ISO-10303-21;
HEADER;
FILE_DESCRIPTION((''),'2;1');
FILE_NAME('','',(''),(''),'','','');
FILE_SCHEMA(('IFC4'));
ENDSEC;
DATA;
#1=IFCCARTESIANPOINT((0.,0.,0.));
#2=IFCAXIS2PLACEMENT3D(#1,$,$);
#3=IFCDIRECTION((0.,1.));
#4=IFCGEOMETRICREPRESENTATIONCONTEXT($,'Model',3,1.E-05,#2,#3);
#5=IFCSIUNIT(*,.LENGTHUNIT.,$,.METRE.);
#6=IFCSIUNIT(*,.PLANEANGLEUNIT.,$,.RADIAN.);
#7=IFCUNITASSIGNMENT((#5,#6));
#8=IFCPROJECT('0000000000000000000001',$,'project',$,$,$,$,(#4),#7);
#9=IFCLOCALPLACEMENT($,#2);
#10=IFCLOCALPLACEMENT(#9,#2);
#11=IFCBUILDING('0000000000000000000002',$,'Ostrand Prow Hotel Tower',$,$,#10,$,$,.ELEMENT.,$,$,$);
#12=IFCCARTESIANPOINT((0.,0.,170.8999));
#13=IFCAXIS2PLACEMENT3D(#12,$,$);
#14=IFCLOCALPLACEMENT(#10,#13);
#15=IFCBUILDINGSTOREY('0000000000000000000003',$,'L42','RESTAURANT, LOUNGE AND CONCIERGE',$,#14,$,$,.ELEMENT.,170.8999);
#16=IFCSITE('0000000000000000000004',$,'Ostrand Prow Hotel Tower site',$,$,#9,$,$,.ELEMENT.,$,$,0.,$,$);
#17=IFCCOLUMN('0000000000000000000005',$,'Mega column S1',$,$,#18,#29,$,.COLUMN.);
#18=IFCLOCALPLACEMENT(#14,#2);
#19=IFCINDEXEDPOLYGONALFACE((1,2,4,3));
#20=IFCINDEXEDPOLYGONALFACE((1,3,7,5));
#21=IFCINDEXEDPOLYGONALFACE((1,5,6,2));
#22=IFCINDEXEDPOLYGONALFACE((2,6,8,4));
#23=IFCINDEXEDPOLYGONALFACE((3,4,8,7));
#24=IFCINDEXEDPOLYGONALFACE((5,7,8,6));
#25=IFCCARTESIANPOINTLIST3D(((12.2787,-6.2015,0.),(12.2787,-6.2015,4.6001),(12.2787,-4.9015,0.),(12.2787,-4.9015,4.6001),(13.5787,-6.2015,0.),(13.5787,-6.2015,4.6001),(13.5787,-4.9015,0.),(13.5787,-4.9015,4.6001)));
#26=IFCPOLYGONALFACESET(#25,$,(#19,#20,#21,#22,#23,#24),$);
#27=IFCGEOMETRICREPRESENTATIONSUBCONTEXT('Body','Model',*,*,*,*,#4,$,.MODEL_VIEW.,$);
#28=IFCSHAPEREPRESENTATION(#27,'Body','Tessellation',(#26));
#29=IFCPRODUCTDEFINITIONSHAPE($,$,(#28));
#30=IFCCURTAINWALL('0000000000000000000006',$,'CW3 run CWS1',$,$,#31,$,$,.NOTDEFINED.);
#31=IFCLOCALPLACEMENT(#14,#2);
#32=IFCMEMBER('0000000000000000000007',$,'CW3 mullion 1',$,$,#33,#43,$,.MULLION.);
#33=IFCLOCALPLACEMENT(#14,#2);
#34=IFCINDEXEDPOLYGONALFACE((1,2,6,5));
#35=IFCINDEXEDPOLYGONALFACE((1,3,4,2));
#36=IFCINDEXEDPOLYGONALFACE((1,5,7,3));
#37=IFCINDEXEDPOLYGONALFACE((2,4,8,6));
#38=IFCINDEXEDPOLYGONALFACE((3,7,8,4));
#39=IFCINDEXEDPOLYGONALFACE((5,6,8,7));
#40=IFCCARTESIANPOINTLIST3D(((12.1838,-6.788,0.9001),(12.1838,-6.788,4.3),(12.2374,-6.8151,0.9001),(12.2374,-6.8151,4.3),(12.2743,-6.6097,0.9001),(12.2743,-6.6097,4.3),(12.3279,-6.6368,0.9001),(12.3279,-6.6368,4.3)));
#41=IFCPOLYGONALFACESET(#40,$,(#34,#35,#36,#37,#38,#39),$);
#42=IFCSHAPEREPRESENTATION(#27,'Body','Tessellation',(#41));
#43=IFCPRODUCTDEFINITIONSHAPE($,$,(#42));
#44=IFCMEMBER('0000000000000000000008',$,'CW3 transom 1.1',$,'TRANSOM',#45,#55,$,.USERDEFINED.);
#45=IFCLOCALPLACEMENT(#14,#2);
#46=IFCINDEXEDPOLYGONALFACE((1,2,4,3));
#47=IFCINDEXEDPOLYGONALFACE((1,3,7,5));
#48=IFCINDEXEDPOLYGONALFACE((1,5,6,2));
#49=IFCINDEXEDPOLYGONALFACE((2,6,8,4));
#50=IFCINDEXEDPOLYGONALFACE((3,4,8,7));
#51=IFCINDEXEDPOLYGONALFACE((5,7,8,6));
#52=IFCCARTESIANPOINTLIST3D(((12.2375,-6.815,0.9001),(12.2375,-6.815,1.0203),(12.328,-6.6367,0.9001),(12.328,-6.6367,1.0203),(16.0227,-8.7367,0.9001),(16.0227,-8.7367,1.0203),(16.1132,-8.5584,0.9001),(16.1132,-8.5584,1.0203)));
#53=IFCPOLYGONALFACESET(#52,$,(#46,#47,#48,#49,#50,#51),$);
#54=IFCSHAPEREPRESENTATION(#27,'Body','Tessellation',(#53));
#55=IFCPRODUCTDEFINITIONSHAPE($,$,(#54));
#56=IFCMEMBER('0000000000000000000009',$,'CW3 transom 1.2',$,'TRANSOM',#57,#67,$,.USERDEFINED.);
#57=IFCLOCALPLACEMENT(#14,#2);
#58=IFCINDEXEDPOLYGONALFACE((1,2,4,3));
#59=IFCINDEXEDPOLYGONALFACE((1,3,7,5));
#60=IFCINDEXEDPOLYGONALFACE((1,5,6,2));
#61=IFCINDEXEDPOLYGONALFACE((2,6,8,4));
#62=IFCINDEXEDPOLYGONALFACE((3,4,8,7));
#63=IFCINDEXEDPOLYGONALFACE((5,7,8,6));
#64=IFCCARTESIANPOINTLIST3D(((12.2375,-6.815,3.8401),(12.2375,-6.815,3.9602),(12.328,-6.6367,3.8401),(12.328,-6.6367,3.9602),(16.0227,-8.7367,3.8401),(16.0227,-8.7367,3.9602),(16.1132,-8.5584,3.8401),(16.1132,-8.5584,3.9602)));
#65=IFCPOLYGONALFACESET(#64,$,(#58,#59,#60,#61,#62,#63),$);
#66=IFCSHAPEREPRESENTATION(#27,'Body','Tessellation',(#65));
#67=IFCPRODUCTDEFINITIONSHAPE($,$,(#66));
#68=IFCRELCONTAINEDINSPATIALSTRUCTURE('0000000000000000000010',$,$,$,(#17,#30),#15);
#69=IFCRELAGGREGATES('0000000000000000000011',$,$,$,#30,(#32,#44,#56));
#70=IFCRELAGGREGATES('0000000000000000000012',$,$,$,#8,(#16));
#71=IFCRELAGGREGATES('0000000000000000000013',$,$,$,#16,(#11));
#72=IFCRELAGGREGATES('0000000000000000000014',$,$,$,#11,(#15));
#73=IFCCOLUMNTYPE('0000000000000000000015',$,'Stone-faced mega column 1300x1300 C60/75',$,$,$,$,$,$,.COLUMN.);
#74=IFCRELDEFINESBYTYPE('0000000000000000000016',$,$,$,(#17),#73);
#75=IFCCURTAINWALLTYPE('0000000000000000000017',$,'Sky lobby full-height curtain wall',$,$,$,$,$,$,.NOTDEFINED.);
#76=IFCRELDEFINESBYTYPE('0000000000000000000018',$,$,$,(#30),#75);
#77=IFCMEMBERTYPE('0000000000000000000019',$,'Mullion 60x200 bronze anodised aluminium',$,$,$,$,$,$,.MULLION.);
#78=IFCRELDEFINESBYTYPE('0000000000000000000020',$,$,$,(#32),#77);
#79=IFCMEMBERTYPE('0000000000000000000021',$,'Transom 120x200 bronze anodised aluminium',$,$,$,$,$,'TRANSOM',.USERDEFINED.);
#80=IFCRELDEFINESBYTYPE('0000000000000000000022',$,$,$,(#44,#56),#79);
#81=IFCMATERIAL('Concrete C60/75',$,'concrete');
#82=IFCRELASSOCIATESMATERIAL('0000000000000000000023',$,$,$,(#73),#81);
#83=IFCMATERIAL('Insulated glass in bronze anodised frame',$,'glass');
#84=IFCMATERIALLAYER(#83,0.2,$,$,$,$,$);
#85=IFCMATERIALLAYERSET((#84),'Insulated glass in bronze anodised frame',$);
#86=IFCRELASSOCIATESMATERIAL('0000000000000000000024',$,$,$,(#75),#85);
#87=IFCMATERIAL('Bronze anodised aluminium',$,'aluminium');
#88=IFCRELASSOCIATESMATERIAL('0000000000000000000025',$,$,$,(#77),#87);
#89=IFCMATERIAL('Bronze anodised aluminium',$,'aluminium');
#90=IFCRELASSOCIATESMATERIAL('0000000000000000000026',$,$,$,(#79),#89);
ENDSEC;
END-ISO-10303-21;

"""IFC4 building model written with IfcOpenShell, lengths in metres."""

from ifc_helpers import new_model, si_unit, direction, frame, origin, origin_2d, place, context, subcontext, project, spatial, rectangle, extrude, material, layer, layer_set, material_profile, profile_set, type_object, element, aggregate, save


model = new_model("IFC4")

# Units and contexts
model_context = context("Model", 3, precision=1e-05, world=origin(), true_north=direction((0.0, 1.0)))
body_context = subcontext(model_context, "Body", "Model", "MODEL_VIEW")
ifc_project = project(units=[si_unit("LENGTHUNIT", "METRE"), si_unit("PLANEANGLEUNIT", "RADIAN")], contexts=[model_context])

# Site, building, storey
site_placement = place(None, origin())
site = spatial("IfcSite", under=ifc_project, at=site_placement, Name="Ostrand Prow Hotel Tower site", CompositionType="ELEMENT", RefElevation=0.0)
building_placement = place(site_placement, origin())
building = spatial("IfcBuilding", under=site, at=building_placement, Name="Ostrand Prow Hotel Tower", CompositionType="ELEMENT")
storey_placement = place(building_placement, frame((0.0, 0.0, 170.8999)))
storey = spatial("IfcBuildingStorey", under=building, at=storey_placement, Name="L42", Description="RESTAURANT, LOUNGE AND CONCIERGE", CompositionType="ELEMENT", Elevation=170.8999)

# Column
ifc_material_1 = material(Name="Concrete C60/75", Category="concrete")
ifc_material_profile_1 = material_profile(ifc_material_1, rectangle(XDim=1.3, YDim=1.3, at=origin_2d()), Name="RC 1300x1300")
ifc_profile_set_1 = profile_set([ifc_material_profile_1], Name="Concrete C60/75")
column_type = type_object("IfcColumnType", Name="Stone-faced mega column 1300x1300 C60/75", PredefinedType="COLUMN", material=ifc_profile_set_1)
column_placement = place(storey_placement, frame((12.9287, -5.5515, 0.0), z_axis=(0.0, 0.0, 1.0), x_axis=(1.0, 0.0, 0.0)))
element("IfcColumn", 1, at=column_placement, inside=storey, type_object=column_type, Name="Mega column S1", PredefinedType="COLUMN", context=body_context, shape_type="SweptSolid", body=[
    extrude(rectangle(XDim=1.3, YDim=1.3, at=origin_2d()), origin(), (0.0, 0.0, 1.0), 4.6001),
])

# Curtain wall, members
ifc_material_2 = material(Name="Insulated glass in bronze anodised frame", Category="glass")
ifc_layer_1 = layer(ifc_material_2, 0.2)
ifc_layer_set_1 = layer_set([ifc_layer_1], Name="Insulated glass in bronze anodised frame")
curtain_wall_type = type_object("IfcCurtainWallType", Name="Sky lobby full-height curtain wall", PredefinedType="NOTDEFINED", material=ifc_layer_set_1)
curtain_wall_placement = place(storey_placement, origin())
curtain_wall = element("IfcCurtainWall", 2, at=curtain_wall_placement, inside=storey, type_object=curtain_wall_type, Name="CW3 run CWS1", PredefinedType="NOTDEFINED")
ifc_material_3 = material(Name="Bronze anodised aluminium", Category="aluminium")
ifc_material_profile_2 = material_profile(ifc_material_3, rectangle(XDim=0.2, YDim=0.0601, at=origin_2d()), Name="Mullion 60x200 bronze anodised aluminium")
ifc_profile_set_2 = profile_set([ifc_material_profile_2], Name="Bronze anodised aluminium")
member_type_1 = type_object("IfcMemberType", Name="Mullion 60x200 bronze anodised aluminium", PredefinedType="MULLION", material=ifc_profile_set_2)
member_1_placement = place(storey_placement, frame((12.2559, -6.7124, 0.9001), z_axis=(0.0, 0.0, 1.0), x_axis=(0.452659, 0.891684, 0.0)))
member_1 = element("IfcMember", 3, at=member_1_placement, type_object=member_type_1, Name="CW3 mullion 1", PredefinedType="MULLION", context=body_context, shape_type="SweptSolid", body=[
    extrude(rectangle(XDim=0.2, YDim=0.0601, at=origin_2d()), origin(), (0.0, 0.0, 1.0), 3.3999),
])
ifc_material_4 = material(Name="Bronze anodised aluminium", Category="aluminium")
ifc_material_profile_3 = material_profile(ifc_material_4, rectangle(XDim=0.2, YDim=0.1201, at=origin_2d()), Name="Transom 120x200 bronze anodised aluminium")
ifc_profile_set_3 = profile_set([ifc_material_profile_3], Name="Bronze anodised aluminium")
member_type_2 = type_object("IfcMemberType", Name="Transom 120x200 bronze anodised aluminium", ElementType="TRANSOM", PredefinedType="USERDEFINED", material=ifc_profile_set_3)
member_2_placement = place(storey_placement, frame((12.2827, -6.7258, 0.9602), z_axis=(0.891673, -0.45268, 0.0), x_axis=(0.45268, 0.891673, 0.0)))
member_2 = element("IfcMember", 4, at=member_2_placement, type_object=member_type_2, Name="CW3 transom 1.1", ObjectType="TRANSOM", PredefinedType="USERDEFINED", context=body_context, shape_type="SweptSolid", body=[
    extrude(rectangle(XDim=0.2, YDim=0.1201, at=origin_2d()), origin(), (0.0, 0.0, 1.0), 4.2451),
])
member_3_placement = place(storey_placement, frame((12.2827, -6.7258, 3.9001), z_axis=(0.891673, -0.45268, 0.0), x_axis=(0.45268, 0.891673, 0.0)))
member_3 = element("IfcMember", 5, at=member_3_placement, type_object=member_type_2, Name="CW3 transom 1.2", ObjectType="TRANSOM", PredefinedType="USERDEFINED", context=body_context, shape_type="SweptSolid", body=[
    extrude(rectangle(XDim=0.2, YDim=0.1201, at=origin_2d()), origin(), (0.0, 0.0, 1.0), 4.2451),
])
aggregate(curtain_wall, [member_1, member_2, member_3])

save(model, "model.ifc")
